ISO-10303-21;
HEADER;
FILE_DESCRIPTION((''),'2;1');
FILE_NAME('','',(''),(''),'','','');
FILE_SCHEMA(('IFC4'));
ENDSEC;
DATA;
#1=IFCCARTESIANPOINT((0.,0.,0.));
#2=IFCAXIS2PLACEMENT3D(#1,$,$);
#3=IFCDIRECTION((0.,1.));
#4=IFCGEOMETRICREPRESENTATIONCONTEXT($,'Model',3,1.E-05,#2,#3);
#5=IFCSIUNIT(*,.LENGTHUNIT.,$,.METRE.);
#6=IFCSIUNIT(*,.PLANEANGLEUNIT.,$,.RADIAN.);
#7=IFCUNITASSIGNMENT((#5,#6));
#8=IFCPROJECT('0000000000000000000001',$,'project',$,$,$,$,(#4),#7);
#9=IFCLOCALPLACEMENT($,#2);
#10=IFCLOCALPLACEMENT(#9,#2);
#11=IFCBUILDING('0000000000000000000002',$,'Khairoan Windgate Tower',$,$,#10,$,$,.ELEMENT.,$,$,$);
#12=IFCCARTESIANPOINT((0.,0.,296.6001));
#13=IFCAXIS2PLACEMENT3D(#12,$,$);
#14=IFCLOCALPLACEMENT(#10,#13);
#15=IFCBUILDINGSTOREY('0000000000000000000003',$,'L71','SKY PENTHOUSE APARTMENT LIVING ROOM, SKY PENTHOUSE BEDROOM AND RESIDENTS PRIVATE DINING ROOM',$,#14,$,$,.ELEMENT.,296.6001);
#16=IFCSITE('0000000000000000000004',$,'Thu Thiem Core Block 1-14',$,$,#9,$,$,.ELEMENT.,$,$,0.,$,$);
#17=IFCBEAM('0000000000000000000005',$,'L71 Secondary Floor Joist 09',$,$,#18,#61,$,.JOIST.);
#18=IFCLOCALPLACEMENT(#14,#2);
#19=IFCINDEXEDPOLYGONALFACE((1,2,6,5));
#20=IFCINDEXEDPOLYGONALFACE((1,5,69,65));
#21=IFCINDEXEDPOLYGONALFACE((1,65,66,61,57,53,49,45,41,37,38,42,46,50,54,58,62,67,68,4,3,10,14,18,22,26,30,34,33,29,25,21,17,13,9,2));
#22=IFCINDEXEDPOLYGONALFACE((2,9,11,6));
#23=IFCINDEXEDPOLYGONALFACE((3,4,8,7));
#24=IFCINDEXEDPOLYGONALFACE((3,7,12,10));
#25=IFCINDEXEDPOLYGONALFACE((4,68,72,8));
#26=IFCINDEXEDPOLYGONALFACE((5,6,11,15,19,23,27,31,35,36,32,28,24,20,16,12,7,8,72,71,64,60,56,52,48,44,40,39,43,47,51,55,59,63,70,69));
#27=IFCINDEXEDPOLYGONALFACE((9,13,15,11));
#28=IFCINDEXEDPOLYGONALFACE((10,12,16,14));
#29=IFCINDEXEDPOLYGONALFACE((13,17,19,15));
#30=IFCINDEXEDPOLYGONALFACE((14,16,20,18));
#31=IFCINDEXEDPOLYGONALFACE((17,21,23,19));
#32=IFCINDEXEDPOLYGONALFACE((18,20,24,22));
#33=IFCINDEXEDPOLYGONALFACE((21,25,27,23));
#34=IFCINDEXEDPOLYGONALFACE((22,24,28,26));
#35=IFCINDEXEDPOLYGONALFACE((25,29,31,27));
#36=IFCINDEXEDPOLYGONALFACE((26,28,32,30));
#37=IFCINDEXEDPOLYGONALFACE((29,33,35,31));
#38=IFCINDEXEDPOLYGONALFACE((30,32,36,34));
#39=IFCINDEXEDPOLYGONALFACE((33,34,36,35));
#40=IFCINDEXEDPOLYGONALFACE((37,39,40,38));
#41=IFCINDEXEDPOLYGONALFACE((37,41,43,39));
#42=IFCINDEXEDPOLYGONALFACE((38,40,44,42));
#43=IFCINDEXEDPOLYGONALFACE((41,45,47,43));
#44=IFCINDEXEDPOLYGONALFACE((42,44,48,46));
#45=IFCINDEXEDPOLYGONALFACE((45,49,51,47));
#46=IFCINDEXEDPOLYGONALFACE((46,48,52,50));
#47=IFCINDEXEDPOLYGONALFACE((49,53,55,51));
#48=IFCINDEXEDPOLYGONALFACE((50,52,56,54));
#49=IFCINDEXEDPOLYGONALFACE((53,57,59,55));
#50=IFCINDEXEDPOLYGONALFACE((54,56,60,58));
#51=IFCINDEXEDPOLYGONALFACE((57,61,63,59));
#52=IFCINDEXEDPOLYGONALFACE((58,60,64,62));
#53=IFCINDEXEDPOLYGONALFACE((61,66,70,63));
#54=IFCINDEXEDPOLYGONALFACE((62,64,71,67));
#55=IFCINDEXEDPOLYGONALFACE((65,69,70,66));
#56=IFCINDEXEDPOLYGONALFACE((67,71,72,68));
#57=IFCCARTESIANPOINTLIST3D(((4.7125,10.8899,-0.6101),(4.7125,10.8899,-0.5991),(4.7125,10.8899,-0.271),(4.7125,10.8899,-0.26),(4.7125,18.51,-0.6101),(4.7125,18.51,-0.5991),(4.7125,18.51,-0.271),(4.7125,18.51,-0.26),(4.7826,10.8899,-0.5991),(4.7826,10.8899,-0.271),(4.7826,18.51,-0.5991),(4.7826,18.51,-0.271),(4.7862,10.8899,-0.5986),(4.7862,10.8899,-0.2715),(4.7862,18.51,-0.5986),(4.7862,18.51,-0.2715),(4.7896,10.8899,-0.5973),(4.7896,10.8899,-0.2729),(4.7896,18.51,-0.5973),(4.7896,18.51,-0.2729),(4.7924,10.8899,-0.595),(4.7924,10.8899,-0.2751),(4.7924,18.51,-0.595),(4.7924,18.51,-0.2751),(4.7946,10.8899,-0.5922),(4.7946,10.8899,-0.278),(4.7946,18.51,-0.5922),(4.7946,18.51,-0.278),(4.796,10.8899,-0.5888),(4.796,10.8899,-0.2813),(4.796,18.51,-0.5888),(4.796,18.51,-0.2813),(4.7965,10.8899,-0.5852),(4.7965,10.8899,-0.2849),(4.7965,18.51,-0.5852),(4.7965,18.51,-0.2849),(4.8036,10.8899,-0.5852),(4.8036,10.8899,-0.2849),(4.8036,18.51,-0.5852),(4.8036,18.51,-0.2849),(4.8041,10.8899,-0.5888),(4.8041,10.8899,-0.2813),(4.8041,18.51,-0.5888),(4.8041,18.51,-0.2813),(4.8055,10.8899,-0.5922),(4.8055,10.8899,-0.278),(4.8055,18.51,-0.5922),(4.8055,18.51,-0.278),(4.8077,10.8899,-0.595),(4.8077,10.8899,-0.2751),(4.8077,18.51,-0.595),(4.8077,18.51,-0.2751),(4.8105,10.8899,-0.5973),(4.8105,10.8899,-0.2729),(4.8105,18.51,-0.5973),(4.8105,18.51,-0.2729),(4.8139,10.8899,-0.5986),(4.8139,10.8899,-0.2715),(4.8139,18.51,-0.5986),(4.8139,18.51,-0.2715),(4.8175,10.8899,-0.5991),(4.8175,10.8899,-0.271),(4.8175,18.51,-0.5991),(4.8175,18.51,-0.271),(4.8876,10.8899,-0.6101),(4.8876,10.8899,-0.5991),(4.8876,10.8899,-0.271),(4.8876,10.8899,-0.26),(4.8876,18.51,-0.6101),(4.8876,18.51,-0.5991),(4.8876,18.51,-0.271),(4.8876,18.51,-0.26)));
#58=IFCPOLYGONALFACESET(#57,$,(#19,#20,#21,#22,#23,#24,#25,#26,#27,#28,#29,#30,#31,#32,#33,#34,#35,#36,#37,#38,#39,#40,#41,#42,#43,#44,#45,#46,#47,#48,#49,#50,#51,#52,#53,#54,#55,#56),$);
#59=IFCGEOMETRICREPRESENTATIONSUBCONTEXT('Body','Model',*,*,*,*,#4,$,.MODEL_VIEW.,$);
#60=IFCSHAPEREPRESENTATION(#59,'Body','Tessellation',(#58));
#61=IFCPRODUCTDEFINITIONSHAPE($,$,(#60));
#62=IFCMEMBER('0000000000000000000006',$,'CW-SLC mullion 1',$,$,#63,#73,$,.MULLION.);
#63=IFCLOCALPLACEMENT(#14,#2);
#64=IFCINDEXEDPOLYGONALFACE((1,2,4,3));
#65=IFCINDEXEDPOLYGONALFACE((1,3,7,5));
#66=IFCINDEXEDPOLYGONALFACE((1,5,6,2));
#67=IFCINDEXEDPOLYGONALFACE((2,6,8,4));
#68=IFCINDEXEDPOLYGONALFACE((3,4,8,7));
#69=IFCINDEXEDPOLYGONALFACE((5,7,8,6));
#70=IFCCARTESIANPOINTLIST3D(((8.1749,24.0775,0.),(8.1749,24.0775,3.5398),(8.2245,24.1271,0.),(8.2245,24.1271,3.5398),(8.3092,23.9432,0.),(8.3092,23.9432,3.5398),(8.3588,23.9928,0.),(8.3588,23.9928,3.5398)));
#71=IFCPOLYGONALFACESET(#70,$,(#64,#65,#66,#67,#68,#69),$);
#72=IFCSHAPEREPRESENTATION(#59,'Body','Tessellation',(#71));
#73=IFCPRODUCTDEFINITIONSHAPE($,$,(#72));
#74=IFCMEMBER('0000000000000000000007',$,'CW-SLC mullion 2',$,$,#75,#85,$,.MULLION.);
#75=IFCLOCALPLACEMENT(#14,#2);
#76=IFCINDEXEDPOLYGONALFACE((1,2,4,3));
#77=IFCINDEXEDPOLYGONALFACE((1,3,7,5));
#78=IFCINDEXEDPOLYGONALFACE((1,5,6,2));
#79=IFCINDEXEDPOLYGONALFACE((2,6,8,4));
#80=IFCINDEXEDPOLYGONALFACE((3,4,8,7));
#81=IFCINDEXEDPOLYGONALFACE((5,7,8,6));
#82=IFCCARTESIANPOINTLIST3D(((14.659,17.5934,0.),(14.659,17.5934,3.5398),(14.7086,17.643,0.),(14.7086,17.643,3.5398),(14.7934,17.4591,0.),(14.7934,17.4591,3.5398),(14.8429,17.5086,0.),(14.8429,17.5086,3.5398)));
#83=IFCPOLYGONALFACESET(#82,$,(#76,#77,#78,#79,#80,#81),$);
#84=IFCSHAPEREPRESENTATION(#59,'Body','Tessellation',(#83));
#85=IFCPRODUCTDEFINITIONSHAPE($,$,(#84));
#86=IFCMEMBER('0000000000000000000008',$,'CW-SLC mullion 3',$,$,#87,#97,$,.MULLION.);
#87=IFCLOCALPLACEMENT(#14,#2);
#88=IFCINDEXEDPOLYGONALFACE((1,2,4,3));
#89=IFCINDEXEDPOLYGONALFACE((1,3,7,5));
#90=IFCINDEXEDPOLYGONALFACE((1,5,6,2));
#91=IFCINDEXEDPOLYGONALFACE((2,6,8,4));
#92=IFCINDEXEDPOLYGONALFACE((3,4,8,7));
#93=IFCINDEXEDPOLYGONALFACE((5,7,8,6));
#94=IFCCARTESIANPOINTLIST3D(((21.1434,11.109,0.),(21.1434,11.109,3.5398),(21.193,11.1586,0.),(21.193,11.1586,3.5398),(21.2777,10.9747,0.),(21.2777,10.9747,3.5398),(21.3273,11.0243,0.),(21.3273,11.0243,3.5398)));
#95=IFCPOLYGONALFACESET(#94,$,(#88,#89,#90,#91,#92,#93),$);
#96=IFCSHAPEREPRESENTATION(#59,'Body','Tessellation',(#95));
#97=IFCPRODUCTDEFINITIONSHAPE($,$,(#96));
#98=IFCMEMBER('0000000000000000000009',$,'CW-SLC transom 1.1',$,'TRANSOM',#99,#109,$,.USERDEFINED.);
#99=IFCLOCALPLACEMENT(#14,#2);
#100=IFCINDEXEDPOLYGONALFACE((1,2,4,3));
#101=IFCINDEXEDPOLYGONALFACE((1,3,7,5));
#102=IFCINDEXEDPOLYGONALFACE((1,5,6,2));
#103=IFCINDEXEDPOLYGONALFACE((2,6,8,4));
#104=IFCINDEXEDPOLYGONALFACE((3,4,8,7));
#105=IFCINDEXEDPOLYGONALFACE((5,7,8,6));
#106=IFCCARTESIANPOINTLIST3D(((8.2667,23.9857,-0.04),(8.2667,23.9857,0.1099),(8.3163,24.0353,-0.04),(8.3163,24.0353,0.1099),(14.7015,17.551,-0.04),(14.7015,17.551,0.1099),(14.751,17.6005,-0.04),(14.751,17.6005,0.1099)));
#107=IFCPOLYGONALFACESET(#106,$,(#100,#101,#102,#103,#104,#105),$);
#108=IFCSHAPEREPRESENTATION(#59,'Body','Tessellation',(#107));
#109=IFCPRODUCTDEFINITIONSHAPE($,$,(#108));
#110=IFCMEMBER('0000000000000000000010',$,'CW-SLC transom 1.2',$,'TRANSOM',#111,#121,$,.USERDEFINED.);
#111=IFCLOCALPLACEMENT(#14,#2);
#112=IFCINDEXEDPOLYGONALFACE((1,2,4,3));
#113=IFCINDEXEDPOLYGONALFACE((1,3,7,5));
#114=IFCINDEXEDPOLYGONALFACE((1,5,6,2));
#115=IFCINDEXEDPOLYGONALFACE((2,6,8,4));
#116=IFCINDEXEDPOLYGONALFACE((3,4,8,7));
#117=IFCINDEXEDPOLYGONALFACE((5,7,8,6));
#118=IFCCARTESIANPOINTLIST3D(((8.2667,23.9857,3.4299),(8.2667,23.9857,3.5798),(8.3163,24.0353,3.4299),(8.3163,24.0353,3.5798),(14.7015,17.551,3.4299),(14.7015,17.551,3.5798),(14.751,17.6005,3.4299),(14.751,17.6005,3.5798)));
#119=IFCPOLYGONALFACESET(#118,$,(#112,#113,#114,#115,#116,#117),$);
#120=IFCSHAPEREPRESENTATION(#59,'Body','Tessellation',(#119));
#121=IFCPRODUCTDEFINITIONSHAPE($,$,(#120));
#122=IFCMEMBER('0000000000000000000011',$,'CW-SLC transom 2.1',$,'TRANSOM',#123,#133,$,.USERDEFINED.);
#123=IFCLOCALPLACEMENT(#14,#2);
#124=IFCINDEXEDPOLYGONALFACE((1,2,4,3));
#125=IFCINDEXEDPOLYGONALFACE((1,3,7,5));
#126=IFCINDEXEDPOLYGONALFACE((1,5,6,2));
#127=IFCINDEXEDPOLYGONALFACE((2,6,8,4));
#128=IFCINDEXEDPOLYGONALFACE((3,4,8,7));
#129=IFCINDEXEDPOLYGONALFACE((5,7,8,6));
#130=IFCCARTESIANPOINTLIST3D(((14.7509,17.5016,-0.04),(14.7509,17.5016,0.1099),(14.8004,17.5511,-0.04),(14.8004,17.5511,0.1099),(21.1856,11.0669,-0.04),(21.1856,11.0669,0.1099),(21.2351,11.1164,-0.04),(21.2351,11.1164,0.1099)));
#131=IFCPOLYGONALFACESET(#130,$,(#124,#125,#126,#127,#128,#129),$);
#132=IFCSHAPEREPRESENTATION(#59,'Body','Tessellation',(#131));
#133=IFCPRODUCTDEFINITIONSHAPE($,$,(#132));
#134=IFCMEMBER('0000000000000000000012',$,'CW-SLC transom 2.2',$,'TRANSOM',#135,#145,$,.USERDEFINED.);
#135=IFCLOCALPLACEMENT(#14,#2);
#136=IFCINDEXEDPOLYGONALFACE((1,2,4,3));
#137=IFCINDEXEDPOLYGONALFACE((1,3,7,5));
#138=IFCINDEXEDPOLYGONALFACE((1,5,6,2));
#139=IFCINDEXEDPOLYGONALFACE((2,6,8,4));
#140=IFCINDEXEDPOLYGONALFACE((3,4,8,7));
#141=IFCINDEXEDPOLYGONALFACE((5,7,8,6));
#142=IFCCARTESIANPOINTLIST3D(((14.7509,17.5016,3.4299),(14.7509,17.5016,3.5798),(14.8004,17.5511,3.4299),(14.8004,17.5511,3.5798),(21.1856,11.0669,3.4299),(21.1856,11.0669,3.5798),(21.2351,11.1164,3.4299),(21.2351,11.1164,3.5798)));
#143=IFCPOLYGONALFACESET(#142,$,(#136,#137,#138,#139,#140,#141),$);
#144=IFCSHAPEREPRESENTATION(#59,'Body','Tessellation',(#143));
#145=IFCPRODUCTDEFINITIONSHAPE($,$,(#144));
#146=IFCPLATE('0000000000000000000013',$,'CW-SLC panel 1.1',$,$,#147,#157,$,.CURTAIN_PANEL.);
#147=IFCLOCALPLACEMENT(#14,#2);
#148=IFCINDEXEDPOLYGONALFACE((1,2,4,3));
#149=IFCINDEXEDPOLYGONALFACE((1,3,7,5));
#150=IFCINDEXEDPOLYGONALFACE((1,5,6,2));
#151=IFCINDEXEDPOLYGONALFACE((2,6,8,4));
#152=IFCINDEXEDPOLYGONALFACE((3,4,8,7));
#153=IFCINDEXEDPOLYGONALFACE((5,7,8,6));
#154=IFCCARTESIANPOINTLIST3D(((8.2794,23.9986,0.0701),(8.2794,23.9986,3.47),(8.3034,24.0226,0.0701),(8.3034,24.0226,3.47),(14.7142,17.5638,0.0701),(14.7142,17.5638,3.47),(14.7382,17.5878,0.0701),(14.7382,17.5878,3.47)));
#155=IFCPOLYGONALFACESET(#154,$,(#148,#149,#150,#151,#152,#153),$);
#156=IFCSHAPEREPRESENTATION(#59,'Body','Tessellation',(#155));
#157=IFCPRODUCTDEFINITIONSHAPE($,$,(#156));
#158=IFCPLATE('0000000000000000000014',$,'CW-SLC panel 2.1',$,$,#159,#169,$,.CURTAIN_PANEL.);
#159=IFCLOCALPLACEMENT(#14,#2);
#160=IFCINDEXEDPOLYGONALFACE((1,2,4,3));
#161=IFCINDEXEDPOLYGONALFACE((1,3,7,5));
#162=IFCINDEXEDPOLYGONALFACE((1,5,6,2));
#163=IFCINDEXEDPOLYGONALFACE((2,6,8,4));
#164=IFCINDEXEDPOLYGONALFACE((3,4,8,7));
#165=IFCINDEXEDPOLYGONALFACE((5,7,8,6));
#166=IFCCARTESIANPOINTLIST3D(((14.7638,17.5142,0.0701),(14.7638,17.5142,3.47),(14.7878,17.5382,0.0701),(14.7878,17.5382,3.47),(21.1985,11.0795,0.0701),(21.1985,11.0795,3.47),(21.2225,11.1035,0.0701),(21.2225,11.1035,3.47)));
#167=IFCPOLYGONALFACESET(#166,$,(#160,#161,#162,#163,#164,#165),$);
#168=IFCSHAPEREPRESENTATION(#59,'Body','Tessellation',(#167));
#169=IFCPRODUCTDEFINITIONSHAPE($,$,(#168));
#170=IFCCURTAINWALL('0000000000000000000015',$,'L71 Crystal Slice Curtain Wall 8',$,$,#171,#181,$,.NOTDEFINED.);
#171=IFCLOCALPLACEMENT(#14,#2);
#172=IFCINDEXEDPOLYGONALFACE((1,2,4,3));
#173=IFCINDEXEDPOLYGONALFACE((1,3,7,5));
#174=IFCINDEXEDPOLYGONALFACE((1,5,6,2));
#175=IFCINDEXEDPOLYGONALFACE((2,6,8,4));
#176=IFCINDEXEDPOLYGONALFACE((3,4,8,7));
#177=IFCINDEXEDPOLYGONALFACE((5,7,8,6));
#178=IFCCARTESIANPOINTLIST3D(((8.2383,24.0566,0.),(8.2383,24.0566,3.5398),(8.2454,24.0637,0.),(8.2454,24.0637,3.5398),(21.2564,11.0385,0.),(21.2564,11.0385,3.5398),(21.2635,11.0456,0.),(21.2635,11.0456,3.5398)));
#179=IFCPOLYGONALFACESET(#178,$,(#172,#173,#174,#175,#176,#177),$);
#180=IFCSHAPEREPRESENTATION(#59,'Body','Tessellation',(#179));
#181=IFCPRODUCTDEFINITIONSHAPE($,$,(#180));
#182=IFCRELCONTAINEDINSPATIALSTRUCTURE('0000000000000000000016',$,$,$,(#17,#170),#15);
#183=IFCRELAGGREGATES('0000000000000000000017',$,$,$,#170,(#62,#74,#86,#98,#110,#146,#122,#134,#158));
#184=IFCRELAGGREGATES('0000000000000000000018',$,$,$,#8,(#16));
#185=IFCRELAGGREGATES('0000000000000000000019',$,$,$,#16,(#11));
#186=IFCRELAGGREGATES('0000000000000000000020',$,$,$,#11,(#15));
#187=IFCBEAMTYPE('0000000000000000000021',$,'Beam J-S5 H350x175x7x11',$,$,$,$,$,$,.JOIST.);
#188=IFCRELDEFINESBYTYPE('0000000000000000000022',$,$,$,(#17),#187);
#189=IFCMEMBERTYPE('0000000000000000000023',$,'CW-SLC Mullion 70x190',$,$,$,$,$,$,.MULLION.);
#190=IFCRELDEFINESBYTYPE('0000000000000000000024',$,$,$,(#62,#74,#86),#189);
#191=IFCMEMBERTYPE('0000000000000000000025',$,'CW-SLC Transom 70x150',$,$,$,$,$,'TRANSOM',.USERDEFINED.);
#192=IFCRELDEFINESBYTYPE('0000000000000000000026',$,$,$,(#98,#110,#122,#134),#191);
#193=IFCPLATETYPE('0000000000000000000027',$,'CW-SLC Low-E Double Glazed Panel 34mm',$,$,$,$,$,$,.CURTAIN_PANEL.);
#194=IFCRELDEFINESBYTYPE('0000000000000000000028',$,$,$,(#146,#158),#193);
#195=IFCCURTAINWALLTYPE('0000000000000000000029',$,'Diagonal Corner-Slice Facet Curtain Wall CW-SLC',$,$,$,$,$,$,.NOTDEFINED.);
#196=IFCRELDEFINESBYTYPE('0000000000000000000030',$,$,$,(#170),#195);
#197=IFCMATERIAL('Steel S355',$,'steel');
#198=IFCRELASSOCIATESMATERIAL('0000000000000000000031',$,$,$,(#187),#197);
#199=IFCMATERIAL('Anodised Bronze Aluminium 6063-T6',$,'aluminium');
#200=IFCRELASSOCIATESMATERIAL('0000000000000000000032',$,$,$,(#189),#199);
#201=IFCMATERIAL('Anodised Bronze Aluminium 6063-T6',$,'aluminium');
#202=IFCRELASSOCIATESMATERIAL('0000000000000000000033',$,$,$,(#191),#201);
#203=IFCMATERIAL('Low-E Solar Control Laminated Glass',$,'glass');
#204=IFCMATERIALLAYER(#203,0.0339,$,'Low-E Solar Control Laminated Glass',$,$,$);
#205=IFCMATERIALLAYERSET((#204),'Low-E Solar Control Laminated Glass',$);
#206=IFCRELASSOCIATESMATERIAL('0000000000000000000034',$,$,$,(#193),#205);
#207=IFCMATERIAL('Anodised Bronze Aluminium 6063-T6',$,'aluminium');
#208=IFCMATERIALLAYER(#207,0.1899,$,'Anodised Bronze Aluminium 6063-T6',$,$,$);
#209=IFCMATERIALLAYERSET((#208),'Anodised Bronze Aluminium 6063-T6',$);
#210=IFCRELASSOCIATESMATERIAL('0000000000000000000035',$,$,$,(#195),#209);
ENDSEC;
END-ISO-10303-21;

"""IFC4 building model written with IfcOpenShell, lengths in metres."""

from ifc_helpers import new_model, si_unit, direction, frame, frame_2d, origin, origin_2d, place, context, subcontext, project, spatial, rectangle, i_section, extrude, material, layer, layer_set, material_profile, profile_set, type_object, element, aggregate, save


model = new_model("IFC4")

# Units and contexts
model_context = context("Model", 3, precision=1e-05, world=origin(), true_north=direction((0.0, 1.0)))
body_context = subcontext(model_context, "Body", "Model", "MODEL_VIEW")
ifc_project = project(units=[si_unit("LENGTHUNIT", "METRE"), si_unit("PLANEANGLEUNIT", "RADIAN")], contexts=[model_context])

# Site, building, storey
site_placement = place(None, origin())
site = spatial("IfcSite", under=ifc_project, at=site_placement, Name="Thu Thiem Core Block 1-14", CompositionType="ELEMENT", RefElevation=0.0)
building_placement = place(site_placement, origin())
building = spatial("IfcBuilding", under=site, at=building_placement, Name="Khairoan Windgate Tower", CompositionType="ELEMENT")
storey_placement = place(building_placement, frame((0.0, 0.0, 296.6001)))
storey = spatial("IfcBuildingStorey", under=building, at=storey_placement, Name="L71", Description="SKY PENTHOUSE APARTMENT LIVING ROOM, SKY PENTHOUSE BEDROOM AND RESIDENTS PRIVATE DINING ROOM", CompositionType="ELEMENT", Elevation=296.6001)

# Beam
ifc_material_1 = material(Name="Steel S355", Category="steel")
ifc_material_profile_1 = material_profile(ifc_material_1, i_section(OverallWidth=0.175, OverallDepth=0.3501, WebThickness=0.0071, FlangeThickness=0.011, FilletRadius=0.0139, at=origin_2d()))
ifc_profile_set_1 = profile_set([ifc_material_profile_1], Name="Steel S355")
beam_type_1 = type_object("IfcBeamType", Name="Beam J-S5 H350x175x7x11", PredefinedType="JOIST", material=ifc_profile_set_1)
beam_1_placement = place(storey_placement, frame((4.8, 10.8899, -0.4351), z_axis=(0.0, 1.0, 0.0), x_axis=(-1.0, 0.0, 0.0)))
element("IfcBeam", 1, at=beam_1_placement, inside=storey, type_object=beam_type_1, Name="L71 Secondary Floor Joist 09", PredefinedType="JOIST", context=body_context, shape_type="SweptSolid", body=[
    extrude(i_section(OverallWidth=0.175, OverallDepth=0.3501, WebThickness=0.0071, FlangeThickness=0.011, FilletRadius=0.0139, at=origin_2d()), origin(), (0.0, 0.0, 1.0), 7.6201),
])

# Members
ifc_material_2 = material(Name="Anodised Bronze Aluminium 6063-T6", Category="aluminium")
ifc_material_profile_2 = material_profile(ifc_material_2, rectangle(XDim=0.0701, YDim=0.1899, at=origin_2d()))
ifc_profile_set_2 = profile_set([ifc_material_profile_2], Name="Anodised Bronze Aluminium 6063-T6")
member_type_1 = type_object("IfcMemberType", Name="CW-SLC Mullion 70x190", PredefinedType="MULLION", material=ifc_profile_set_2)
member_1_placement = place(storey_placement, frame((8.2668, 24.0352, 0.0), z_axis=(0.0, 0.0, 1.0), x_axis=(0.707107, 0.707107, 0.0)))
member_1 = element("IfcMember", 2, at=member_1_placement, type_object=member_type_1, Name="CW-SLC mullion 1", PredefinedType="MULLION", context=body_context, shape_type="SweptSolid", body=[
    extrude(rectangle(XDim=0.0701, YDim=0.1899, at=origin_2d()), origin(), (0.0, 0.0, 1.0), 3.5398),
])
member_2_placement = place(storey_placement, frame((14.751, 17.551, 0.0), z_axis=(0.0, 0.0, 1.0), x_axis=(0.707107, 0.707107, 0.0)))
member_2 = element("IfcMember", 3, at=member_2_placement, type_object=member_type_1, Name="CW-SLC mullion 2", PredefinedType="MULLION", context=body_context, shape_type="SweptSolid", body=[
    extrude(rectangle(XDim=0.0701, YDim=0.1899, at=origin_2d()), origin(), (0.0, 0.0, 1.0), 3.5398),
])
member_3_placement = place(storey_placement, frame((21.2354, 11.0667, 0.0), z_axis=(0.0, 0.0, 1.0), x_axis=(0.707107, 0.707107, 0.0)))
member_3 = element("IfcMember", 4, at=member_3_placement, type_object=member_type_1, Name="CW-SLC mullion 3", PredefinedType="MULLION", context=body_context, shape_type="SweptSolid", body=[
    extrude(rectangle(XDim=0.0701, YDim=0.1899, at=origin_2d()), origin(), (0.0, 0.0, 1.0), 3.5398),
])
ifc_material_3 = material(Name="Anodised Bronze Aluminium 6063-T6", Category="aluminium")
ifc_material_profile_3 = material_profile(ifc_material_3, rectangle(XDim=0.0701, YDim=0.1499, at=origin_2d()))
ifc_profile_set_3 = profile_set([ifc_material_profile_3], Name="Anodised Bronze Aluminium 6063-T6")
member_type_2 = type_object("IfcMemberType", Name="CW-SLC Transom 70x150", ElementType="TRANSOM", PredefinedType="USERDEFINED", material=ifc_profile_set_3)
member_4_placement = place(storey_placement, frame((8.2915, 24.0105, 0.0349), z_axis=(0.707107, -0.707107, 0.0), x_axis=(0.707107, 0.707107, 0.0)))
member_4 = element("IfcMember", 5, at=member_4_placement, type_object=member_type_2, Name="CW-SLC transom 1.1", ObjectType="TRANSOM", PredefinedType="USERDEFINED", context=body_context, shape_type="SweptSolid", body=[
    extrude(rectangle(XDim=0.0701, YDim=0.1499, at=origin_2d()), origin(), (0.0, 0.0, 1.0), 9.1001),
])
member_5_placement = place(storey_placement, frame((8.2915, 24.0105, 3.5049), z_axis=(0.707107, -0.707107, 0.0), x_axis=(0.707107, 0.707107, 0.0)))
member_5 = element("IfcMember", 6, at=member_5_placement, type_object=member_type_2, Name="CW-SLC transom 1.2", ObjectType="TRANSOM", PredefinedType="USERDEFINED", context=body_context, shape_type="SweptSolid", body=[
    extrude(rectangle(XDim=0.0701, YDim=0.1499, at=origin_2d()), origin(), (0.0, 0.0, 1.0), 9.1001),
])
member_6_placement = place(storey_placement, frame((14.7756, 17.5264, 0.0349), z_axis=(0.707107, -0.707107, 0.0), x_axis=(0.707107, 0.707107, 0.0)))
member_6 = element("IfcMember", 7, at=member_6_placement, type_object=member_type_2, Name="CW-SLC transom 2.1", ObjectType="TRANSOM", PredefinedType="USERDEFINED", context=body_context, shape_type="SweptSolid", body=[
    extrude(rectangle(XDim=0.0701, YDim=0.1499, at=origin_2d()), origin(), (0.0, 0.0, 1.0), 9.1001),
])
member_7_placement = place(storey_placement, frame((14.7756, 17.5264, 3.5049), z_axis=(0.707107, -0.707107, 0.0), x_axis=(0.707107, 0.707107, 0.0)))
member_7 = element("IfcMember", 8, at=member_7_placement, type_object=member_type_2, Name="CW-SLC transom 2.2", ObjectType="TRANSOM", PredefinedType="USERDEFINED", context=body_context, shape_type="SweptSolid", body=[
    extrude(rectangle(XDim=0.0701, YDim=0.1499, at=origin_2d()), origin(), (0.0, 0.0, 1.0), 9.1001),
])

# Plates
ifc_material_4 = material(Name="Low-E Solar Control Laminated Glass", Category="glass")
ifc_layer_1 = layer(ifc_material_4, 0.0339, Name="Low-E Solar Control Laminated Glass")
ifc_layer_set_1 = layer_set([ifc_layer_1], Name="Low-E Solar Control Laminated Glass")
plate_type_1 = type_object("IfcPlateType", Name="CW-SLC Low-E Double Glazed Panel 34mm", PredefinedType="CURTAIN_PANEL", material=ifc_layer_set_1)
plate_1_placement = place(storey_placement, frame((11.5088, 20.7932, 0.0701), z_axis=(0.0, 0.0, 1.0), x_axis=(0.707107, -0.707107, 0.0)))
plate_1 = element("IfcPlate", 9, at=plate_1_placement, type_object=plate_type_1, Name="CW-SLC panel 1.1", PredefinedType="CURTAIN_PANEL", context=body_context, shape_type="SweptSolid", body=[
    extrude(rectangle(XDim=9.1001, YDim=0.0339, at=origin_2d()), origin(), (0.0, 0.0, 1.0), 3.3999),
])
plate_2_placement = place(storey_placement, frame((17.9932, 14.3088, 0.0701), z_axis=(0.0, 0.0, 1.0), x_axis=(0.707107, -0.707107, 0.0)))
plate_2 = element("IfcPlate", 10, at=plate_2_placement, type_object=plate_type_1, Name="CW-SLC panel 2.1", PredefinedType="CURTAIN_PANEL", context=body_context, shape_type="SweptSolid", body=[
    extrude(rectangle(XDim=9.1001, YDim=0.0339, at=origin_2d()), origin(), (0.0, 0.0, 1.0), 3.3999),
])

# Curtain wall
ifc_material_5 = material(Name="Anodised Bronze Aluminium 6063-T6", Category="aluminium")
ifc_layer_2 = layer(ifc_material_5, 0.1899, Name="Anodised Bronze Aluminium 6063-T6")
ifc_layer_set_2 = layer_set([ifc_layer_2], Name="Anodised Bronze Aluminium 6063-T6")
curtain_wall_type_1 = type_object("IfcCurtainWallType", Name="Diagonal Corner-Slice Facet Curtain Wall CW-SLC", PredefinedType="NOTDEFINED", material=ifc_layer_set_2)
curtain_wall_1_placement = place(storey_placement, frame((8.2419, 24.0601, 0.0), z_axis=(0.0, 0.0, 1.0), x_axis=(0.707107, -0.707107, 0.0)))
curtain_wall_1 = element("IfcCurtainWall", 11, at=curtain_wall_1_placement, inside=storey, type_object=curtain_wall_type_1, Name="L71 Crystal Slice Curtain Wall 8", PredefinedType="NOTDEFINED", context=body_context, shape_type="SweptSolid", body=[
    extrude(rectangle(XDim=18.4104, YDim=0.01, at=frame_2d((9.2051, 0.0))), origin(), (0.0, 0.0, 1.0), 3.5398),
])
aggregate(curtain_wall_1, [member_1, member_2, member_3, member_4, member_5, plate_1, member_6, member_7, plate_2])

save(model, "model.ifc")
